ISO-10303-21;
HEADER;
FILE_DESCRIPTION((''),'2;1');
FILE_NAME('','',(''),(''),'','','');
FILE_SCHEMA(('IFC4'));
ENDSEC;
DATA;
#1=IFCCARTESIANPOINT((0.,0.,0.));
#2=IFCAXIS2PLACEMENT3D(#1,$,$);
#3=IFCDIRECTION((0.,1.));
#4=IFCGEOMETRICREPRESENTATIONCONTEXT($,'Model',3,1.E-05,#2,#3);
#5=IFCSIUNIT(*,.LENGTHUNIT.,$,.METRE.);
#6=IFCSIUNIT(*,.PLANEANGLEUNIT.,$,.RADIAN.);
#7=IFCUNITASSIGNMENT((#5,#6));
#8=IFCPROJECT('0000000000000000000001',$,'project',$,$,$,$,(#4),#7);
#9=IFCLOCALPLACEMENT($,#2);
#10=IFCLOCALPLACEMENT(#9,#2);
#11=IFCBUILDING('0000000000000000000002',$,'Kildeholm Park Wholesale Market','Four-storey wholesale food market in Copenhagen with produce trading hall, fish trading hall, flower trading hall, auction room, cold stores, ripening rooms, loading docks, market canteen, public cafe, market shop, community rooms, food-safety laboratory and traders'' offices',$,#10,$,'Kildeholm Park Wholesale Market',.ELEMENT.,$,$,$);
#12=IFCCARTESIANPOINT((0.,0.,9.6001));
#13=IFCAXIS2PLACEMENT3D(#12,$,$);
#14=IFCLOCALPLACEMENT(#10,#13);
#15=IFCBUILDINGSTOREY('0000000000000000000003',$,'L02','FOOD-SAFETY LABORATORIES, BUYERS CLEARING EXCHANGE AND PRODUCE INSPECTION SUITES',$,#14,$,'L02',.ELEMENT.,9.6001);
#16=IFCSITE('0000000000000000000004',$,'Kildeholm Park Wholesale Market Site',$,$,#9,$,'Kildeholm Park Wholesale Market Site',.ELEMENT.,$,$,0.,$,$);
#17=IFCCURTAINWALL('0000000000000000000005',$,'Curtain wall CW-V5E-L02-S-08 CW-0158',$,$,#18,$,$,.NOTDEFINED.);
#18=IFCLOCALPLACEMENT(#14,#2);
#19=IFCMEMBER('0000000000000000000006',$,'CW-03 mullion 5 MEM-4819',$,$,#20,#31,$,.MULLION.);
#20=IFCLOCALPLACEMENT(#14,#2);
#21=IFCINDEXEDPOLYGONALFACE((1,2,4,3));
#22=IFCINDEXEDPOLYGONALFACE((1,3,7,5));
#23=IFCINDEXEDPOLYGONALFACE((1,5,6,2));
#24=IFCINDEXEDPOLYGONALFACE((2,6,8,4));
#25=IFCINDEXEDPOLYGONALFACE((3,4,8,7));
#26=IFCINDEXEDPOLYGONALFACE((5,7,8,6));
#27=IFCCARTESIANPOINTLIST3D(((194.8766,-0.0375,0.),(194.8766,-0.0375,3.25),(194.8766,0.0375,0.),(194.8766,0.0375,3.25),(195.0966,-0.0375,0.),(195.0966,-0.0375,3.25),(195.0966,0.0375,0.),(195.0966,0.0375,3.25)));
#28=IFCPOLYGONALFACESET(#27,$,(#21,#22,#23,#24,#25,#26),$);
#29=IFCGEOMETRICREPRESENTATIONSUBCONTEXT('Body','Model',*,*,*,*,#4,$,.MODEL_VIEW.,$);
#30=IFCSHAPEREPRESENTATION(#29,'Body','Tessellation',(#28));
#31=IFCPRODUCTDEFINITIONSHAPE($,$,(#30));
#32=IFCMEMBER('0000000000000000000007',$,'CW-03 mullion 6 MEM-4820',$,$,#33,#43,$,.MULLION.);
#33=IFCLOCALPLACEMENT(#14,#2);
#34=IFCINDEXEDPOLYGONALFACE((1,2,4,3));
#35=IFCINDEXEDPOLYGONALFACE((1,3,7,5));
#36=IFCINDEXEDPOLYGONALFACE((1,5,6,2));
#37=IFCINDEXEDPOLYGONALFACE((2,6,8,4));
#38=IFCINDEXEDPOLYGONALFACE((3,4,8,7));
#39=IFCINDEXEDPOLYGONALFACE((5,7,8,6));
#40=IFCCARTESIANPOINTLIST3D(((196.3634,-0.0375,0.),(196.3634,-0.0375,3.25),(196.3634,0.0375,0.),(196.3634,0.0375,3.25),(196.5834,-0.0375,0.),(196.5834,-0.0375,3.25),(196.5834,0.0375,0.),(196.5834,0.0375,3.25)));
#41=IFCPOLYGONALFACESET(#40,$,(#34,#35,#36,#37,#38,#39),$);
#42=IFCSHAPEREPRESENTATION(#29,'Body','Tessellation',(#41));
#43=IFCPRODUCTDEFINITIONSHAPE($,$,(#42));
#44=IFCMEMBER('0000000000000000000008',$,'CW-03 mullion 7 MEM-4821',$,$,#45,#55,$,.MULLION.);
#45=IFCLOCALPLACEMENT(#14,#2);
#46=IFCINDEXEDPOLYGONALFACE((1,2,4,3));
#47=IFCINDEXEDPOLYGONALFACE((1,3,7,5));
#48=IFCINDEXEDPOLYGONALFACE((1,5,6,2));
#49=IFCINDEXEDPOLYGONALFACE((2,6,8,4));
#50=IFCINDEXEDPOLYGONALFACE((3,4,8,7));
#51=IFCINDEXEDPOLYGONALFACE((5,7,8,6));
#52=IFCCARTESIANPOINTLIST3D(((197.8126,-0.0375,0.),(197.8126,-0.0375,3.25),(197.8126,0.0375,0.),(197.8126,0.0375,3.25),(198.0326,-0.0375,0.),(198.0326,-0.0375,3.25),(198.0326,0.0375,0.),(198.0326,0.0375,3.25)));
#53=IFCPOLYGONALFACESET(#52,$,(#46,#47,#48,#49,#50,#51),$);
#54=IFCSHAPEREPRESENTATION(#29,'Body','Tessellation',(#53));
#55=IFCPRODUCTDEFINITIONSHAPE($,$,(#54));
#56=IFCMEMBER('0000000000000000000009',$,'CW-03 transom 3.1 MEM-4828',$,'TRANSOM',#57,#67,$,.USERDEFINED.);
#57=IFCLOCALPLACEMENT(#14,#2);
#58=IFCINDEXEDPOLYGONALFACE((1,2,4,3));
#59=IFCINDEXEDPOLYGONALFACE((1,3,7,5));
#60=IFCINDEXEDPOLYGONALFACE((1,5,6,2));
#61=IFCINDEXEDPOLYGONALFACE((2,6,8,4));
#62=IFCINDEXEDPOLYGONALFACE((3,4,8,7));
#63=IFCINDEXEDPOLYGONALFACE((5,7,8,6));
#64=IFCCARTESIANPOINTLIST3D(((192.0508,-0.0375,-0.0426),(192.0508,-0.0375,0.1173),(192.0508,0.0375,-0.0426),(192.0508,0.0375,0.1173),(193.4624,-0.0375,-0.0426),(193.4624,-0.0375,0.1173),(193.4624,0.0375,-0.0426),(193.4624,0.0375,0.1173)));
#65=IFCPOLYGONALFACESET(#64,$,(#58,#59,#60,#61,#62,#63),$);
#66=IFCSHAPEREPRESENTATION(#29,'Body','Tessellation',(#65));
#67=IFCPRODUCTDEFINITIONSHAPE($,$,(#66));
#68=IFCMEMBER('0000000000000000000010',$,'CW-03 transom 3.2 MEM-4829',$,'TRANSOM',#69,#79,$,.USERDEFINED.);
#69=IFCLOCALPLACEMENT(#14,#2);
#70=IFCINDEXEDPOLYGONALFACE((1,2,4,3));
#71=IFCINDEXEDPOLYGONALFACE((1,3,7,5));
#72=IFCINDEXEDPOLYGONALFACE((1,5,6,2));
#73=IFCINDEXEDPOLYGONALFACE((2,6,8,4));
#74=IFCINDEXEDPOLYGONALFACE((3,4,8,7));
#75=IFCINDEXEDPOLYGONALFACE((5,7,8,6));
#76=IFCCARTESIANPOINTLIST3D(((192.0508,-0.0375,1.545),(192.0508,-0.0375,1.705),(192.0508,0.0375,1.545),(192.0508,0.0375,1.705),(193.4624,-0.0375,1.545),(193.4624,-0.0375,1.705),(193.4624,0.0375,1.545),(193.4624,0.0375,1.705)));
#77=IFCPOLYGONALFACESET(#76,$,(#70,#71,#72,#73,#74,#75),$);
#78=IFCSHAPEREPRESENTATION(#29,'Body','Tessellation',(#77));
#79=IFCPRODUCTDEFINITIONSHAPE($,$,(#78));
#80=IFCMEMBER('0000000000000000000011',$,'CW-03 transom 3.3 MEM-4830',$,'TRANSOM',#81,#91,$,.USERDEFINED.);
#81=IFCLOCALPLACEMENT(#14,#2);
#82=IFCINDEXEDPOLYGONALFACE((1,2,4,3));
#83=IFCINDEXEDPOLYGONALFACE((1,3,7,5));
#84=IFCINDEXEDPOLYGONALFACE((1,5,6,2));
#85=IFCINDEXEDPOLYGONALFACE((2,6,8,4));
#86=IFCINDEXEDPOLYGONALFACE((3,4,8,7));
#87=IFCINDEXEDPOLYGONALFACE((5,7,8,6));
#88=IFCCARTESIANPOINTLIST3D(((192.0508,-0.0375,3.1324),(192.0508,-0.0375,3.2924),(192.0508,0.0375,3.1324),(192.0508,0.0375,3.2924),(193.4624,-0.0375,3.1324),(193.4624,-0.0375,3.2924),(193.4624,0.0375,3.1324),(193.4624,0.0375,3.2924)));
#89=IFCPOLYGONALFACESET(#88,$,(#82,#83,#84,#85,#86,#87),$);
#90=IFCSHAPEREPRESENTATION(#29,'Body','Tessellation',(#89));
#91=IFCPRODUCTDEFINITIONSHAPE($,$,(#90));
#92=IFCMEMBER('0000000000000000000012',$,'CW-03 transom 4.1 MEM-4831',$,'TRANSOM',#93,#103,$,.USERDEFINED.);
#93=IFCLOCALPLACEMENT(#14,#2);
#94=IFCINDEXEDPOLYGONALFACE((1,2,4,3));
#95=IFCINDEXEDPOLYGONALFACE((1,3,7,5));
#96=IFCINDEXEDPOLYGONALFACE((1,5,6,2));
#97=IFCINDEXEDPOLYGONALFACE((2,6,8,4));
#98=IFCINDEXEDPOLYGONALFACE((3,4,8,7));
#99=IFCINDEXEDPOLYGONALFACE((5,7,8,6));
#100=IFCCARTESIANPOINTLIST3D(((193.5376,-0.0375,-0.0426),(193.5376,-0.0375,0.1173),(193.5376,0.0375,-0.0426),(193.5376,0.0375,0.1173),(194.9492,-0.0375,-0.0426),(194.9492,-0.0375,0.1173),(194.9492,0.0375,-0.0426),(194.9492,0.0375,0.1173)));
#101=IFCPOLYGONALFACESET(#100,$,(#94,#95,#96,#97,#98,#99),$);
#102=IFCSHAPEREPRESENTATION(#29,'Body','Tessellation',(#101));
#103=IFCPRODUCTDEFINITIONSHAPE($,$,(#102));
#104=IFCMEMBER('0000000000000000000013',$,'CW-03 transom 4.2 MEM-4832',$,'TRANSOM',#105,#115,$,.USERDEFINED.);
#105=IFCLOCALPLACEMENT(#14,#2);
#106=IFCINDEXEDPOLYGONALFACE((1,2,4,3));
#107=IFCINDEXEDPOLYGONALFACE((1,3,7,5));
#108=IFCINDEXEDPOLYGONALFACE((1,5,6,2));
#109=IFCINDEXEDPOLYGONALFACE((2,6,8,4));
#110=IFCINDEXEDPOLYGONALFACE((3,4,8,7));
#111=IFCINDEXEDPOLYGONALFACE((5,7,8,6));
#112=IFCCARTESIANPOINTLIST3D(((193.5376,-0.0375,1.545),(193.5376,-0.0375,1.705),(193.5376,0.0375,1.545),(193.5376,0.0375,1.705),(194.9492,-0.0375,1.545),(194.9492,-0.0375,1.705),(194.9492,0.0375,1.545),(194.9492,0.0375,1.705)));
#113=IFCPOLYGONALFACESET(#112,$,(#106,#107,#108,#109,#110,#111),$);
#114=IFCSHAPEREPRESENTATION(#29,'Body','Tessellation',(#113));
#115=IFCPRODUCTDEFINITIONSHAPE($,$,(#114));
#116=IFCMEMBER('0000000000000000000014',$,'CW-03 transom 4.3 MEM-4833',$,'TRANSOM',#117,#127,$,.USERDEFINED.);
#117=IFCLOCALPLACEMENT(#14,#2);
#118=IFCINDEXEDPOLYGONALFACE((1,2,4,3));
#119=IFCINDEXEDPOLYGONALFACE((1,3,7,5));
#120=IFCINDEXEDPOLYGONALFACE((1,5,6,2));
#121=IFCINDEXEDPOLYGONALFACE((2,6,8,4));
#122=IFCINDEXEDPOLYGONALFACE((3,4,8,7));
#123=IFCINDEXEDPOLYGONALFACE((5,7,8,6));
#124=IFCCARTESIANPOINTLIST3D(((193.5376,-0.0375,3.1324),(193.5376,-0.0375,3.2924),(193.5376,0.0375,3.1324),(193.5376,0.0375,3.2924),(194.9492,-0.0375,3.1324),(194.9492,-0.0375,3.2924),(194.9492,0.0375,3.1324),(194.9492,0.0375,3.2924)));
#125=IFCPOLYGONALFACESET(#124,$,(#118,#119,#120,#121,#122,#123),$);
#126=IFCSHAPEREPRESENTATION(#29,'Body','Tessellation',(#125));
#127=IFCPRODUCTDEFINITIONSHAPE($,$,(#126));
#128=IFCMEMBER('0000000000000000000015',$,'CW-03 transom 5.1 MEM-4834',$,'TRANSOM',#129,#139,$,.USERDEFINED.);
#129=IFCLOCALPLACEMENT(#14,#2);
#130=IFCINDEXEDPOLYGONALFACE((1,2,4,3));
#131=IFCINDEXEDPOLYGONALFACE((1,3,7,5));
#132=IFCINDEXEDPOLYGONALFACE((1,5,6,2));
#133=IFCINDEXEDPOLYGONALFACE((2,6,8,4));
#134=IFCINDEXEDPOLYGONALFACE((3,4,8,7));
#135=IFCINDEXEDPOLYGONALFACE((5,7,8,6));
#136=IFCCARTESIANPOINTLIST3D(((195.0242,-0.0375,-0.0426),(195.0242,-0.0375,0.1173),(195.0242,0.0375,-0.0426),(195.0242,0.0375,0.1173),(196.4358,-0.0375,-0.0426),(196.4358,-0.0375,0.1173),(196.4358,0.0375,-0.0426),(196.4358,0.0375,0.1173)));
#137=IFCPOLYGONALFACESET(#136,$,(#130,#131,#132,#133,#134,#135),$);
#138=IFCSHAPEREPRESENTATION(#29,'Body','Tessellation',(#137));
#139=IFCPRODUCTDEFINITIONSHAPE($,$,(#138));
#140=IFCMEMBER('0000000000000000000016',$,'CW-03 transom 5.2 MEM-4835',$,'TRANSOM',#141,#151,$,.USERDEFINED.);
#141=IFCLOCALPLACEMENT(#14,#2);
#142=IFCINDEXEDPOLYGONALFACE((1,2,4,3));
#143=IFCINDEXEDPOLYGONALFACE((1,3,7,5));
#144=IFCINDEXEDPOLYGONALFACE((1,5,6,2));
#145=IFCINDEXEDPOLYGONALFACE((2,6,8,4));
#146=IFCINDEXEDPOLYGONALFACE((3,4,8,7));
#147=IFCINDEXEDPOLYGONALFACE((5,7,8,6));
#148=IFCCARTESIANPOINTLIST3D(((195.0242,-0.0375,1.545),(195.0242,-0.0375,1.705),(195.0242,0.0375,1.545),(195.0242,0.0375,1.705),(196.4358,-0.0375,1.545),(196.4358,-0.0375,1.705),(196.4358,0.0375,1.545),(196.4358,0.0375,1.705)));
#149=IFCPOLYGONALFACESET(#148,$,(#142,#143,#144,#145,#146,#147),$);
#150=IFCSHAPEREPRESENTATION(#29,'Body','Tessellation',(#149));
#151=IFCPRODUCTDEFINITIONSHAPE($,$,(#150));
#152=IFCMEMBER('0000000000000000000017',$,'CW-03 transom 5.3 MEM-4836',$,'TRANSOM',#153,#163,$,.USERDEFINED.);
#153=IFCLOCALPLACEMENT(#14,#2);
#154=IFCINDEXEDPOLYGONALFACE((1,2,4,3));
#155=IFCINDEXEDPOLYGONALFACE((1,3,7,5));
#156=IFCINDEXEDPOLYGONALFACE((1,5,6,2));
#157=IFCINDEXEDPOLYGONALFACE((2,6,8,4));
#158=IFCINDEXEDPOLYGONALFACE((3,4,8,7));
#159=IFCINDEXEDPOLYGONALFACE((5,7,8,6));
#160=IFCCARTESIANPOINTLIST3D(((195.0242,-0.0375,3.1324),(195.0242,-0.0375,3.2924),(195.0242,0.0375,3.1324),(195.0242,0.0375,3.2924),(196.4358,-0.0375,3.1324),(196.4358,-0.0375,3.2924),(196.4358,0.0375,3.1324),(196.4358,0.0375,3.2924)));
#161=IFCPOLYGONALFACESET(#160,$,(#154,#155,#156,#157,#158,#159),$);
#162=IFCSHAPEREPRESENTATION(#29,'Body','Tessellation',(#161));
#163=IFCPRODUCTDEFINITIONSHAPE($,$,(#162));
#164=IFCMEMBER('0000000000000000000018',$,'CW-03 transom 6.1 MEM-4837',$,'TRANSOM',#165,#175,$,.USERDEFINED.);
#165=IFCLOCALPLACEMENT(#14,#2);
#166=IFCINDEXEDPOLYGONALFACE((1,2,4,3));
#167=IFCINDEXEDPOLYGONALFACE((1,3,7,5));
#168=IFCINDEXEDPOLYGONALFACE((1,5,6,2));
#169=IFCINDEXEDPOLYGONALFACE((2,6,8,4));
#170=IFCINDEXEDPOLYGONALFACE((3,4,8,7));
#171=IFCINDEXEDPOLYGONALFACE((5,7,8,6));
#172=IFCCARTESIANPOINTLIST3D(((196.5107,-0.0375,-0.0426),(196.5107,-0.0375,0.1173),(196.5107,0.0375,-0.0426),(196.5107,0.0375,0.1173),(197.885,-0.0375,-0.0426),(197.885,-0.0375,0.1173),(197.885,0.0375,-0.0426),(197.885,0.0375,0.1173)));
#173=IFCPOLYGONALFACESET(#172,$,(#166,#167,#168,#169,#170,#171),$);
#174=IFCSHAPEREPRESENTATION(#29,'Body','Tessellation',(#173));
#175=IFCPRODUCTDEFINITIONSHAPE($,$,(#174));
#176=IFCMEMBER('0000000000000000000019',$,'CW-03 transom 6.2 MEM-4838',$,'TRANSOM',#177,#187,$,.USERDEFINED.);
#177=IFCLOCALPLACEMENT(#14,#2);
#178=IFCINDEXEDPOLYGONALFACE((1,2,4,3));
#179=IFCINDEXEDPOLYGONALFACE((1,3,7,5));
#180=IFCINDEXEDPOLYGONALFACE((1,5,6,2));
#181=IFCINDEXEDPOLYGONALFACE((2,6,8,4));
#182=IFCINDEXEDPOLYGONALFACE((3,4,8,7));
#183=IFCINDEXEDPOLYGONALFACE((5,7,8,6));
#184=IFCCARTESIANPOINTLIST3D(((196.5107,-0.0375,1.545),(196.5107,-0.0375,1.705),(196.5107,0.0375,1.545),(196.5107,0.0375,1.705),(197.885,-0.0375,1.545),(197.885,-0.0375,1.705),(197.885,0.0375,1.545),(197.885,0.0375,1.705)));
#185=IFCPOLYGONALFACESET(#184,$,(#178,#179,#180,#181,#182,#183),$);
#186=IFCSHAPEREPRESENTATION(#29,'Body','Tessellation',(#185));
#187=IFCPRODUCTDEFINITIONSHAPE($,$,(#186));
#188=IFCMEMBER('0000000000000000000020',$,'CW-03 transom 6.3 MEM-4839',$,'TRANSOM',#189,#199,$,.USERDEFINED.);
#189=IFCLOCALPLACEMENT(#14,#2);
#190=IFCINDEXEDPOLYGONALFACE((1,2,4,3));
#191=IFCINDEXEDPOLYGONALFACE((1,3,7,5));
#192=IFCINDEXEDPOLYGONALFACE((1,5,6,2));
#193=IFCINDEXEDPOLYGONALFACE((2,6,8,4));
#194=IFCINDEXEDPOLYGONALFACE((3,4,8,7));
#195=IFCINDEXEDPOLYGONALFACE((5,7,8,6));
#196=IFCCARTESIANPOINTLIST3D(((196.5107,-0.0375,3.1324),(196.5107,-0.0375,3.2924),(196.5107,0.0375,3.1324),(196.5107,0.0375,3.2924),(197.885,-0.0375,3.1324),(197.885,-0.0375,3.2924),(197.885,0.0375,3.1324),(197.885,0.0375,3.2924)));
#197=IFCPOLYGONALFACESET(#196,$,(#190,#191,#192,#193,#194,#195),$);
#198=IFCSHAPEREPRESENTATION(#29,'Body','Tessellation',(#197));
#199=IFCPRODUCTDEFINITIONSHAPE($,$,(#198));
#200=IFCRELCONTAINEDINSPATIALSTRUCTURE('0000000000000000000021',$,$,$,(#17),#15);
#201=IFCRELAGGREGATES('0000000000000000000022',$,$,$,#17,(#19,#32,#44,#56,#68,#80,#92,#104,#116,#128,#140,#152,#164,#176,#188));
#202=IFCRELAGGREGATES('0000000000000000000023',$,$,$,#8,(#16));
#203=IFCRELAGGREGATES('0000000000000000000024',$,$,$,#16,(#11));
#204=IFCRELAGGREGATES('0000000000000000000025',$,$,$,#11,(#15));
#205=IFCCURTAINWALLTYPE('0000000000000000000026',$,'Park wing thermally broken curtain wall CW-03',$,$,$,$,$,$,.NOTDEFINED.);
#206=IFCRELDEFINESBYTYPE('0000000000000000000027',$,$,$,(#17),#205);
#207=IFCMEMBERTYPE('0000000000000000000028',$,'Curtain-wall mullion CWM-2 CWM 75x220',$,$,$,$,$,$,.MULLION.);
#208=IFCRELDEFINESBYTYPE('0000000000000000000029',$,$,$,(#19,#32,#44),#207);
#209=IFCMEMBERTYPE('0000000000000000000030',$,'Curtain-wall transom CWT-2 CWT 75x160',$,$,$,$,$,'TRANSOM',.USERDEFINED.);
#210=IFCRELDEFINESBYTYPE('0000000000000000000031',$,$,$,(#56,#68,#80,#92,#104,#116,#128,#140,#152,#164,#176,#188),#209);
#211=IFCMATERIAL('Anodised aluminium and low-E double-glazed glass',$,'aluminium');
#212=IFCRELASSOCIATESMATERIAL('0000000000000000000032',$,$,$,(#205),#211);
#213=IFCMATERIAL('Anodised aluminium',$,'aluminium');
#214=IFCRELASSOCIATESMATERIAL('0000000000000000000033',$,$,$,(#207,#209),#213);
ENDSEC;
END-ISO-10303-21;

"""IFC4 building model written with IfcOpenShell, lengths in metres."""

from ifc_helpers import new_model, si_unit, direction, frame, origin, origin_2d, place, context, subcontext, project, spatial, rectangle, extrude, material, material_profile, profile_set, type_object, element, aggregate, save


model = new_model("IFC4")

# Units and contexts
model_context = context("Model", 3, precision=1e-05, world=origin(), true_north=direction((0.0, 1.0)))
body_context = subcontext(model_context, "Body", "Model", "MODEL_VIEW")
ifc_project = project(units=[si_unit("LENGTHUNIT", "METRE"), si_unit("PLANEANGLEUNIT", "RADIAN")], contexts=[model_context])

# Site, building, storey
site_placement = place(None, origin())
site = spatial("IfcSite", under=ifc_project, at=site_placement, Name="Kildeholm Park Wholesale Market Site", LongName="Kildeholm Park Wholesale Market Site", CompositionType="ELEMENT", RefElevation=0.0)
building_placement = place(site_placement, origin())
building = spatial("IfcBuilding", under=site, at=building_placement, Name="Kildeholm Park Wholesale Market", Description="Four-storey wholesale food market in Copenhagen with produce trading hall, fish trading hall, flower trading hall, auction room, cold stores, ripening rooms, loading docks, market canteen, public cafe, market shop, community rooms, food-safety laboratory and traders' offices", LongName="Kildeholm Park Wholesale Market", CompositionType="ELEMENT")
storey_placement = place(building_placement, frame((0.0, 0.0, 9.6001)))
storey = spatial("IfcBuildingStorey", under=building, at=storey_placement, Name="L02", Description="FOOD-SAFETY LABORATORIES, BUYERS CLEARING EXCHANGE AND PRODUCE INSPECTION SUITES", LongName="L02", CompositionType="ELEMENT", Elevation=9.6001)

# Curtain wall, members
ifc_material_1 = material(Name="Anodised aluminium and low-E double-glazed glass", Category="aluminium")
curtain_wall_type = type_object("IfcCurtainWallType", Name="Park wing thermally broken curtain wall CW-03", PredefinedType="NOTDEFINED", material=ifc_material_1)
curtain_wall_placement = place(storey_placement, origin())
curtain_wall = element("IfcCurtainWall", 1, at=curtain_wall_placement, inside=storey, type_object=curtain_wall_type, Name="Curtain wall CW-V5E-L02-S-08 CW-0158", PredefinedType="NOTDEFINED")
ifc_material_2 = material(Name="Anodised aluminium", Category="aluminium")
ifc_material_profile_1 = material_profile(ifc_material_2, rectangle(XDim=0.075, YDim=0.22, at=origin_2d()), Name="CWM 75x220")
ifc_profile_set_1 = profile_set([ifc_material_profile_1], Name="Anodised aluminium")
member_type_1 = type_object("IfcMemberType", Name="Curtain-wall mullion CWM-2 CWM 75x220", PredefinedType="MULLION", material=ifc_profile_set_1)
member_1_placement = place(storey_placement, frame((194.9866, 0.0, 0.0), z_axis=(0.0, 0.0, 1.0), x_axis=(0.0, 1.0, 0.0)))
member_1 = element("IfcMember", 2, at=member_1_placement, type_object=member_type_1, Name="CW-03 mullion 5 MEM-4819", PredefinedType="MULLION", context=body_context, shape_type="SweptSolid", body=[
    extrude(rectangle(XDim=0.075, YDim=0.22, at=origin_2d()), origin(), (0.0, 0.0, 1.0), 3.25),
])
member_2_placement = place(storey_placement, frame((196.4734, 0.0, 0.0), z_axis=(0.0, 0.0, 1.0), x_axis=(0.0, 1.0, 0.0)))
member_2 = element("IfcMember", 3, at=member_2_placement, type_object=member_type_1, Name="CW-03 mullion 6 MEM-4820", PredefinedType="MULLION", context=body_context, shape_type="SweptSolid", body=[
    extrude(rectangle(XDim=0.075, YDim=0.22, at=origin_2d()), origin(), (0.0, 0.0, 1.0), 3.25),
])
member_3_placement = place(storey_placement, frame((197.9226, 0.0, 0.0), z_axis=(0.0, 0.0, 1.0), x_axis=(0.0, 1.0, 0.0)))
member_3 = element("IfcMember", 4, at=member_3_placement, type_object=member_type_1, Name="CW-03 mullion 7 MEM-4821", PredefinedType="MULLION", context=body_context, shape_type="SweptSolid", body=[
    extrude(rectangle(XDim=0.075, YDim=0.22, at=origin_2d()), origin(), (0.0, 0.0, 1.0), 3.25),
])
ifc_material_profile_2 = material_profile(ifc_material_2, rectangle(XDim=0.075, YDim=0.1599, at=origin_2d()), Name="CWT 75x160")
ifc_profile_set_2 = profile_set([ifc_material_profile_2], Name="Anodised aluminium")
member_type_2 = type_object("IfcMemberType", Name="Curtain-wall transom CWT-2 CWT 75x160", ElementType="TRANSOM", PredefinedType="USERDEFINED", material=ifc_profile_set_2)
member_4_placement = place(storey_placement, frame((192.0508, 0.0, 0.0374), z_axis=(1.0, 0.0, 0.0), x_axis=(0.0, 1.0, 0.0)))
member_4 = element("IfcMember", 5, at=member_4_placement, type_object=member_type_2, Name="CW-03 transom 3.1 MEM-4828", ObjectType="TRANSOM", PredefinedType="USERDEFINED", context=body_context, shape_type="SweptSolid", body=[
    extrude(rectangle(XDim=0.075, YDim=0.1599, at=origin_2d()), origin(), (0.0, 0.0, 1.0), 1.4116),
])
member_5_placement = place(storey_placement, frame((192.0508, 0.0, 1.625), z_axis=(1.0, 0.0, 0.0), x_axis=(0.0, 1.0, 0.0)))
member_5 = element("IfcMember", 6, at=member_5_placement, type_object=member_type_2, Name="CW-03 transom 3.2 MEM-4829", ObjectType="TRANSOM", PredefinedType="USERDEFINED", context=body_context, shape_type="SweptSolid", body=[
    extrude(rectangle(XDim=0.075, YDim=0.1599, at=origin_2d()), origin(), (0.0, 0.0, 1.0), 1.4116),
])
member_6_placement = place(storey_placement, frame((192.0508, 0.0, 3.2124), z_axis=(1.0, 0.0, 0.0), x_axis=(0.0, 1.0, 0.0)))
member_6 = element("IfcMember", 7, at=member_6_placement, type_object=member_type_2, Name="CW-03 transom 3.3 MEM-4830", ObjectType="TRANSOM", PredefinedType="USERDEFINED", context=body_context, shape_type="SweptSolid", body=[
    extrude(rectangle(XDim=0.075, YDim=0.1599, at=origin_2d()), origin(), (0.0, 0.0, 1.0), 1.4116),
])
member_7_placement = place(storey_placement, frame((193.5376, 0.0, 0.0374), z_axis=(1.0, 0.0, 0.0), x_axis=(0.0, 1.0, 0.0)))
member_7 = element("IfcMember", 8, at=member_7_placement, type_object=member_type_2, Name="CW-03 transom 4.1 MEM-4831", ObjectType="TRANSOM", PredefinedType="USERDEFINED", context=body_context, shape_type="SweptSolid", body=[
    extrude(rectangle(XDim=0.075, YDim=0.1599, at=origin_2d()), origin(), (0.0, 0.0, 1.0), 1.4116),
])
member_8_placement = place(storey_placement, frame((193.5376, 0.0, 1.625), z_axis=(1.0, 0.0, 0.0), x_axis=(0.0, 1.0, 0.0)))
member_8 = element("IfcMember", 9, at=member_8_placement, type_object=member_type_2, Name="CW-03 transom 4.2 MEM-4832", ObjectType="TRANSOM", PredefinedType="USERDEFINED", context=body_context, shape_type="SweptSolid", body=[
    extrude(rectangle(XDim=0.075, YDim=0.1599, at=origin_2d()), origin(), (0.0, 0.0, 1.0), 1.4116),
])
member_9_placement = place(storey_placement, frame((193.5376, 0.0, 3.2124), z_axis=(1.0, 0.0, 0.0), x_axis=(0.0, 1.0, 0.0)))
member_9 = element("IfcMember", 10, at=member_9_placement, type_object=member_type_2, Name="CW-03 transom 4.3 MEM-4833", ObjectType="TRANSOM", PredefinedType="USERDEFINED", context=body_context, shape_type="SweptSolid", body=[
    extrude(rectangle(XDim=0.075, YDim=0.1599, at=origin_2d()), origin(), (0.0, 0.0, 1.0), 1.4116),
])
member_10_placement = place(storey_placement, frame((195.0242, 0.0, 0.0374), z_axis=(1.0, 0.0, 0.0), x_axis=(0.0, 1.0, 0.0)))
member_10 = element("IfcMember", 11, at=member_10_placement, type_object=member_type_2, Name="CW-03 transom 5.1 MEM-4834", ObjectType="TRANSOM", PredefinedType="USERDEFINED", context=body_context, shape_type="SweptSolid", body=[
    extrude(rectangle(XDim=0.075, YDim=0.1599, at=origin_2d()), origin(), (0.0, 0.0, 1.0), 1.4116),
])
member_11_placement = place(storey_placement, frame((195.0242, 0.0, 1.625), z_axis=(1.0, 0.0, 0.0), x_axis=(0.0, 1.0, 0.0)))
member_11 = element("IfcMember", 12, at=member_11_placement, type_object=member_type_2, Name="CW-03 transom 5.2 MEM-4835", ObjectType="TRANSOM", PredefinedType="USERDEFINED", context=body_context, shape_type="SweptSolid", body=[
    extrude(rectangle(XDim=0.075, YDim=0.1599, at=origin_2d()), origin(), (0.0, 0.0, 1.0), 1.4116),
])
member_12_placement = place(storey_placement, frame((195.0242, 0.0, 3.2124), z_axis=(1.0, 0.0, 0.0), x_axis=(0.0, 1.0, 0.0)))
member_12 = element("IfcMember", 13, at=member_12_placement, type_object=member_type_2, Name="CW-03 transom 5.3 MEM-4836", ObjectType="TRANSOM", PredefinedType="USERDEFINED", context=body_context, shape_type="SweptSolid", body=[
    extrude(rectangle(XDim=0.075, YDim=0.1599, at=origin_2d()), origin(), (0.0, 0.0, 1.0), 1.4116),
])
member_13_placement = place(storey_placement, frame((196.5107, 0.0, 0.0374), z_axis=(1.0, 0.0, 0.0), x_axis=(0.0, 1.0, 0.0)))
member_13 = element("IfcMember", 14, at=member_13_placement, type_object=member_type_2, Name="CW-03 transom 6.1 MEM-4837", ObjectType="TRANSOM", PredefinedType="USERDEFINED", context=body_context, shape_type="SweptSolid", body=[
    extrude(rectangle(XDim=0.075, YDim=0.1599, at=origin_2d()), origin(), (0.0, 0.0, 1.0), 1.3743),
])
member_14_placement = place(storey_placement, frame((196.5107, 0.0, 1.625), z_axis=(1.0, 0.0, 0.0), x_axis=(0.0, 1.0, 0.0)))
member_14 = element("IfcMember", 15, at=member_14_placement, type_object=member_type_2, Name="CW-03 transom 6.2 MEM-4838", ObjectType="TRANSOM", PredefinedType="USERDEFINED", context=body_context, shape_type="SweptSolid", body=[
    extrude(rectangle(XDim=0.075, YDim=0.1599, at=origin_2d()), origin(), (0.0, 0.0, 1.0), 1.3743),
])
member_15_placement = place(storey_placement, frame((196.5107, 0.0, 3.2124), z_axis=(1.0, 0.0, 0.0), x_axis=(0.0, 1.0, 0.0)))
member_15 = element("IfcMember", 16, at=member_15_placement, type_object=member_type_2, Name="CW-03 transom 6.3 MEM-4839", ObjectType="TRANSOM", PredefinedType="USERDEFINED", context=body_context, shape_type="SweptSolid", body=[
    extrude(rectangle(XDim=0.075, YDim=0.1599, at=origin_2d()), origin(), (0.0, 0.0, 1.0), 1.3743),
])
aggregate(curtain_wall, [member_1, member_2, member_3, member_4, member_5, member_6, member_7, member_8, member_9, member_10, member_11, member_12, member_13, member_14, member_15])

save(model, "model.ifc")
